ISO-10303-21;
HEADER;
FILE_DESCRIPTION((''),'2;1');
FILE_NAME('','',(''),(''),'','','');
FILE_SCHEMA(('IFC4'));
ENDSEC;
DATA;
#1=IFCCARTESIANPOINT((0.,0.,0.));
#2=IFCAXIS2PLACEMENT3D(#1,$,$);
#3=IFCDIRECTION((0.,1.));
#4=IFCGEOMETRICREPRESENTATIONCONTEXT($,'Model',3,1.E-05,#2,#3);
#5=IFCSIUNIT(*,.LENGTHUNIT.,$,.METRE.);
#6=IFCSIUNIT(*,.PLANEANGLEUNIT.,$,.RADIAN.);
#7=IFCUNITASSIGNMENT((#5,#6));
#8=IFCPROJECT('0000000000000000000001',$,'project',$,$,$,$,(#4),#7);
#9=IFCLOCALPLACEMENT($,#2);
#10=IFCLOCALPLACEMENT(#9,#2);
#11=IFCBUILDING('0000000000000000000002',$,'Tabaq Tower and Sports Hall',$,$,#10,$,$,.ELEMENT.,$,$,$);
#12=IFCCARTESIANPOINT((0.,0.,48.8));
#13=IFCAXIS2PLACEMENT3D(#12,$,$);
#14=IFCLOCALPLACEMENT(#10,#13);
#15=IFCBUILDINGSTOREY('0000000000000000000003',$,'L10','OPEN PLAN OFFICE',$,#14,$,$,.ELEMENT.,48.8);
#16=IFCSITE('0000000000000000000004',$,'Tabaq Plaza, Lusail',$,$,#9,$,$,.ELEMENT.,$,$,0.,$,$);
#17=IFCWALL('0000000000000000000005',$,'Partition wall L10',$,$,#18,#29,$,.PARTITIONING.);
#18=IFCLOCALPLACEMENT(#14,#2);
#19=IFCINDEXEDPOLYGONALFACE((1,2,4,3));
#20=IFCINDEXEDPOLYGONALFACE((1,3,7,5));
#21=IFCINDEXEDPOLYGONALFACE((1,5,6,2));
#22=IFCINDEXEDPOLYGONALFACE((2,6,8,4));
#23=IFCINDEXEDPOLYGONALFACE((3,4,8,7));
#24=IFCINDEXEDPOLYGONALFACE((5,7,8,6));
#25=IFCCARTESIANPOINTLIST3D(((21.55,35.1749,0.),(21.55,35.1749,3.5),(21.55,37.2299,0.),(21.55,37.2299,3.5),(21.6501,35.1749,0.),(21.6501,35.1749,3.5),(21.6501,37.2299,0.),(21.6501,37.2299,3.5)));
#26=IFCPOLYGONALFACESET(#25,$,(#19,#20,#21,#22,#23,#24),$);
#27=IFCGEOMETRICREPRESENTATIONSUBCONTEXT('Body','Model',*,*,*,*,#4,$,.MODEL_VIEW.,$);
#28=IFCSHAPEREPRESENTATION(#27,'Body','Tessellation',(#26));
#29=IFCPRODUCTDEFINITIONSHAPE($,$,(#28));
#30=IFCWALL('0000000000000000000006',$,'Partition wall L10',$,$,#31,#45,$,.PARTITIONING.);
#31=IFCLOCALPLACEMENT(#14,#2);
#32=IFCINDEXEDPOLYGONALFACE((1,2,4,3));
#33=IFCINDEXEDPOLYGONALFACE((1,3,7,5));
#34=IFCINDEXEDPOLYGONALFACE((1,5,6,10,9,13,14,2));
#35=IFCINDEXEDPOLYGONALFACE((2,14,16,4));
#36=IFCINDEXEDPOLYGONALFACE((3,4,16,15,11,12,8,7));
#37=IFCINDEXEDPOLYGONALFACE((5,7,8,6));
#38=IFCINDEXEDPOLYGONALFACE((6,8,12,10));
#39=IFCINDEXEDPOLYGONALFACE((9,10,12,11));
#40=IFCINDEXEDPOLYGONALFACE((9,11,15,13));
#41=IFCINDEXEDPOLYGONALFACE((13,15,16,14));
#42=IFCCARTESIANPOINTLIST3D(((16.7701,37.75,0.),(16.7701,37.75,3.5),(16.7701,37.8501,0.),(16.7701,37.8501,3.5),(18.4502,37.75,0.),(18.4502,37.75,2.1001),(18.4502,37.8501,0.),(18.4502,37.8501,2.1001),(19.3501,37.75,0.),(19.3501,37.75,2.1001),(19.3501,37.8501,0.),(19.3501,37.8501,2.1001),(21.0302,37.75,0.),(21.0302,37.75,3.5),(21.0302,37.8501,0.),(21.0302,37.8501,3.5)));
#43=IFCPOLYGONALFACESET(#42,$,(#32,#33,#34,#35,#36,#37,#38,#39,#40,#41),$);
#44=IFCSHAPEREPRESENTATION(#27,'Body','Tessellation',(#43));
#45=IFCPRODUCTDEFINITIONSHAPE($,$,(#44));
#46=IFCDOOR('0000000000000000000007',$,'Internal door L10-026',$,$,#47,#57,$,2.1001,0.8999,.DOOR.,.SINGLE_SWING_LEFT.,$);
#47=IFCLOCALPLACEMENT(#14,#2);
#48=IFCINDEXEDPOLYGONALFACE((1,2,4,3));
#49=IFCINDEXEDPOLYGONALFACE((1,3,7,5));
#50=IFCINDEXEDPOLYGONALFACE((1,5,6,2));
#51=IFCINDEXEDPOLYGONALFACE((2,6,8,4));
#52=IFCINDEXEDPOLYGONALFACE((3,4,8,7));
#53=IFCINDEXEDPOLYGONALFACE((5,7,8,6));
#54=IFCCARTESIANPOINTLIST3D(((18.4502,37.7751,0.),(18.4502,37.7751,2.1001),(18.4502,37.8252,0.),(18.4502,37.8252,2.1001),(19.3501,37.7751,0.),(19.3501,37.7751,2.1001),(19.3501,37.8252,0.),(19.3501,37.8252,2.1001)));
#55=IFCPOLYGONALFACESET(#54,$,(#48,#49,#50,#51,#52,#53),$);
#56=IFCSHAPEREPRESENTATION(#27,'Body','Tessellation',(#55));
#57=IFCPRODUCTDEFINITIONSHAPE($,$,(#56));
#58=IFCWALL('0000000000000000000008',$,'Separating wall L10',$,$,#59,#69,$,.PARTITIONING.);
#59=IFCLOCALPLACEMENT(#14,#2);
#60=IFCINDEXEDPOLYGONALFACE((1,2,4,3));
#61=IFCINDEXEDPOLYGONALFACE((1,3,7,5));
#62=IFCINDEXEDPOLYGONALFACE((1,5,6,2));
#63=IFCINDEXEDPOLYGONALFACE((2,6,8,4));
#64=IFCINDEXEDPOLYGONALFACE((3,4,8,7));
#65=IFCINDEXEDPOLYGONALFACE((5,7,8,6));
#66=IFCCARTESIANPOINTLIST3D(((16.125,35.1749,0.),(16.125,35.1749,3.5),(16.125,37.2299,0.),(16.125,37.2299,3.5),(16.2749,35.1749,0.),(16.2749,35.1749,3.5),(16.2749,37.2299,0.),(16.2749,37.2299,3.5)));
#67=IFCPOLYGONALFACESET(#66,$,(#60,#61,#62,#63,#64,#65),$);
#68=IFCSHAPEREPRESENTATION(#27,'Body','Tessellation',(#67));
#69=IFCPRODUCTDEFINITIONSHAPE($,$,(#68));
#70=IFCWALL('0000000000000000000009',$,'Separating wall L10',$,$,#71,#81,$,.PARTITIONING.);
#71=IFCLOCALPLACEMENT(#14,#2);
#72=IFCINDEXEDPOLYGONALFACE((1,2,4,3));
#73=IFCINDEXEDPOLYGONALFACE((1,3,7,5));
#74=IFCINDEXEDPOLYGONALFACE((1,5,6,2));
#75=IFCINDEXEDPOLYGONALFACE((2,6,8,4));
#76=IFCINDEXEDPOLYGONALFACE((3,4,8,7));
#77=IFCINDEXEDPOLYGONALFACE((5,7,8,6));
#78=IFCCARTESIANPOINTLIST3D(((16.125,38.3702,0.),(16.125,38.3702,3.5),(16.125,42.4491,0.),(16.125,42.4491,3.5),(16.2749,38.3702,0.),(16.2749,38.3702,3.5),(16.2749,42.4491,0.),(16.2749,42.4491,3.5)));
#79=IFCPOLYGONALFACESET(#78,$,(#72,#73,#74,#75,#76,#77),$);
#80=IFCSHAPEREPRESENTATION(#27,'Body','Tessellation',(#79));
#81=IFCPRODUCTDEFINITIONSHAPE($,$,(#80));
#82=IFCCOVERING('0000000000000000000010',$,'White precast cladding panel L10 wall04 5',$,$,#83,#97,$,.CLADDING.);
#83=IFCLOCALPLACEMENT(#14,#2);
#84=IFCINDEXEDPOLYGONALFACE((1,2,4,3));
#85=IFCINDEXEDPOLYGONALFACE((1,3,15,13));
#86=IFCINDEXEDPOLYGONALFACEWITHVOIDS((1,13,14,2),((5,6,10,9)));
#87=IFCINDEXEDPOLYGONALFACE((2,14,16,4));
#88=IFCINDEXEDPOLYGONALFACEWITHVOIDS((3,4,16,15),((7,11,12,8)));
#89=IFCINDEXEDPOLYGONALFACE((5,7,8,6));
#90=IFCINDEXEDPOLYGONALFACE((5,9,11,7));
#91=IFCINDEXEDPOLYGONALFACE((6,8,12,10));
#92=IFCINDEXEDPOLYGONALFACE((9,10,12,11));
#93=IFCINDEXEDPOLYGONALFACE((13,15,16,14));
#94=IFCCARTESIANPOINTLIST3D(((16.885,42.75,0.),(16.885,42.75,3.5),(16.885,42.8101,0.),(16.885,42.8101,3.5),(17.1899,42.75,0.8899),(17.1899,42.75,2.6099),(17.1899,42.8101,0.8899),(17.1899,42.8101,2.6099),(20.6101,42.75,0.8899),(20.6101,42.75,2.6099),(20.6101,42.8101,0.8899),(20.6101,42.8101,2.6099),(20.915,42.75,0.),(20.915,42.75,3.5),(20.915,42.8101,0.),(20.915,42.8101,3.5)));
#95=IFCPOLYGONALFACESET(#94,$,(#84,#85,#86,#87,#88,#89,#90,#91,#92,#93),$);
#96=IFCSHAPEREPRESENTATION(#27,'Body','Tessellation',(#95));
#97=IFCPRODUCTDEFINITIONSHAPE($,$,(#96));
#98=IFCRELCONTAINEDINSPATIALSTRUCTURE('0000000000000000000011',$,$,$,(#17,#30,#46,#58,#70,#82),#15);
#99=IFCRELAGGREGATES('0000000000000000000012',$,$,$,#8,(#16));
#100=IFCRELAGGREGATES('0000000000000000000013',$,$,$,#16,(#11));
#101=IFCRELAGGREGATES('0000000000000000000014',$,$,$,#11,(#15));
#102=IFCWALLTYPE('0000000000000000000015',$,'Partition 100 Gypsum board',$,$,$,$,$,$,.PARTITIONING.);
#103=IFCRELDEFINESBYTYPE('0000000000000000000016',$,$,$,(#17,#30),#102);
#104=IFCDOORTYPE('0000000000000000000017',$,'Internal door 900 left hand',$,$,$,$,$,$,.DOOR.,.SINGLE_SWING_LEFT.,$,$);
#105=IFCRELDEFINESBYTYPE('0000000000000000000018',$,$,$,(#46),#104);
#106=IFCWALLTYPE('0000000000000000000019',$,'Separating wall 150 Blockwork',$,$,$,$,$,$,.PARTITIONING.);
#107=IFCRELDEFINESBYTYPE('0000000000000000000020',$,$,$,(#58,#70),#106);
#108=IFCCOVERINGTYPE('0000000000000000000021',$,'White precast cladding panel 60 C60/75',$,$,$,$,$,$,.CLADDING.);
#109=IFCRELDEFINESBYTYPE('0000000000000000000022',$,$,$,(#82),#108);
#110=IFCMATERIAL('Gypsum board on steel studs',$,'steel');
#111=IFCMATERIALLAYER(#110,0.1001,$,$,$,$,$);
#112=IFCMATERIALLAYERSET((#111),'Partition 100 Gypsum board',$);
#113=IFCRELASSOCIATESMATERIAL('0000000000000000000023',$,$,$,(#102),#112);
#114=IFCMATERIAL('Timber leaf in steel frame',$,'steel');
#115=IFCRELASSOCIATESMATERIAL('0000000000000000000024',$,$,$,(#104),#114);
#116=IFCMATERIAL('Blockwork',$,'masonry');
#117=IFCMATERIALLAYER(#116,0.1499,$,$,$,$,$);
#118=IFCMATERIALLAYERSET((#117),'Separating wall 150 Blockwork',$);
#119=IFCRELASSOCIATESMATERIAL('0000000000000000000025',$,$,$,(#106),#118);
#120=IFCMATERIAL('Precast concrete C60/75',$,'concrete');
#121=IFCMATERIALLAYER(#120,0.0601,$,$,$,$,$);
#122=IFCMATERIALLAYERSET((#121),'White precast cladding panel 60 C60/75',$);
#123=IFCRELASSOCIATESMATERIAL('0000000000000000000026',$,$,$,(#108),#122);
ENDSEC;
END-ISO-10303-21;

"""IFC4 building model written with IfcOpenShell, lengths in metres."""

from ifc_helpers import new_model, si_unit, direction, frame, frame_2d, origin, place, context, subcontext, project, spatial, polyline, rectangle, outline, extrude, material, layer, layer_set, type_object, element, fill, save


model = new_model("IFC4")

# Units and contexts
model_context = context("Model", 3, precision=1e-05, world=origin(), true_north=direction((0.0, 1.0)))
body_context = subcontext(model_context, "Body", "Model", "MODEL_VIEW")
ifc_project = project(units=[si_unit("LENGTHUNIT", "METRE"), si_unit("PLANEANGLEUNIT", "RADIAN")], contexts=[model_context])

# Site, building, storey
site_placement = place(None, origin())
site = spatial("IfcSite", under=ifc_project, at=site_placement, Name="Tabaq Plaza, Lusail", CompositionType="ELEMENT", RefElevation=0.0)
building_placement = place(site_placement, origin())
building = spatial("IfcBuilding", under=site, at=building_placement, Name="Tabaq Tower and Sports Hall", CompositionType="ELEMENT")
storey_placement = place(building_placement, frame((0.0, 0.0, 48.8)))
storey = spatial("IfcBuildingStorey", under=building, at=storey_placement, Name="L10", Description="OPEN PLAN OFFICE", CompositionType="ELEMENT", Elevation=48.8)

# Wall
ifc_material_1 = material(Name="Gypsum board on steel studs", Category="steel")
ifc_layer_1 = layer(ifc_material_1, 0.1001)
ifc_layer_set_1 = layer_set([ifc_layer_1], Name="Partition 100 Gypsum board")
wall_type_1 = type_object("IfcWallType", Name="Partition 100 Gypsum board", PredefinedType="PARTITIONING", material=ifc_layer_set_1)
wall_1_placement = place(storey_placement, frame((21.6001, 35.175, 0.0), z_axis=(0.0, 0.0, 1.0), x_axis=(0.0, 1.0, 0.0)))
element("IfcWall", 1, at=wall_1_placement, inside=storey, type_object=wall_type_1, Name="Partition wall L10", PredefinedType="PARTITIONING", context=body_context, shape_type="SweptSolid", body=[
    extrude(rectangle(XDim=2.0549, YDim=0.1001, at=frame_2d((1.0273, 0.0))), origin(), (0.0, 0.0, 1.0), 3.5),
])

# Wall, opening, door
wall_2_placement = place(storey_placement, frame((21.03, 37.8, 0.0), z_axis=(0.0, 0.0, 1.0), x_axis=(-1.0, 0.0, 0.0)))
wall_2 = element("IfcWall", 2, at=wall_2_placement, inside=storey, type_object=wall_type_1, Name="Partition wall L10", PredefinedType="PARTITIONING", context=body_context, shape_type="SweptSolid", body=[
    extrude(rectangle(XDim=4.26, YDim=0.1001, at=frame_2d((2.1299, 0.0))), origin(), (0.0, 0.0, 1.0), 3.5),
])
opening_placement = place(wall_2_placement, frame((1.6799, 0.0, 0.0)))
opening = element("IfcOpeningElement", 3, at=opening_placement, cuts=wall_2, PredefinedType="OPENING", context=body_context, shape_type="SweptSolid", body=[
    extrude(rectangle(XDim=0.8999, YDim=2.1001, at=frame_2d((0.45, 1.05))), frame((0.0, 0.05, 0.0), z_axis=(0.0, -1.0, 0.0), x_axis=(1.0, 0.0, 0.0)), (0.0, 0.0, 1.0), 0.1001),
])
ifc_material_2 = material(Name="Timber leaf in steel frame", Category="steel")
door_type = type_object("IfcDoorType", Name="Internal door 900 left hand", OperationType="SINGLE_SWING_LEFT", PredefinedType="DOOR", material=ifc_material_2)
door_placement = place(opening_placement, origin())
door = element("IfcDoor", 4, at=door_placement, inside=storey, type_object=door_type, Name="Internal door L10-026", OperationType="SINGLE_SWING_LEFT", OverallHeight=2.1001, OverallWidth=0.8999, PredefinedType="DOOR", context=body_context, shape_type="SweptSolid", body=[
    extrude(rectangle(XDim=0.8999, YDim=2.1001, at=frame_2d((0.45, 1.05))), frame((0.0, 0.0249, 0.0), z_axis=(0.0, -1.0, 0.0), x_axis=(1.0, 0.0, 0.0)), (0.0, 0.0, 1.0), 0.05),
])
fill(opening, door)

# Walls
ifc_material_3 = material(Name="Blockwork", Category="masonry")
ifc_layer_2 = layer(ifc_material_3, 0.1499)
ifc_layer_set_2 = layer_set([ifc_layer_2], Name="Separating wall 150 Blockwork")
wall_type_2 = type_object("IfcWallType", Name="Separating wall 150 Blockwork", PredefinedType="PARTITIONING", material=ifc_layer_set_2)
wall_3_placement = place(storey_placement, frame((16.2, 35.175, 0.0), z_axis=(0.0, 0.0, 1.0), x_axis=(0.0, 1.0, 0.0)))
element("IfcWall", 5, at=wall_3_placement, inside=storey, type_object=wall_type_2, Name="Separating wall L10", PredefinedType="PARTITIONING", context=body_context, shape_type="SweptSolid", body=[
    extrude(rectangle(XDim=2.0549, YDim=0.1499, at=frame_2d((1.0273, 0.0))), origin(), (0.0, 0.0, 1.0), 3.5),
])
wall_4_placement = place(storey_placement, frame((16.2, 38.3701, 0.0), z_axis=(0.0, 0.0, 1.0), x_axis=(0.0, 1.0, 0.0)))
element("IfcWall", 6, at=wall_4_placement, inside=storey, type_object=wall_type_2, Name="Separating wall L10", PredefinedType="PARTITIONING", context=body_context, shape_type="SweptSolid", body=[
    extrude(rectangle(XDim=4.0789, YDim=0.1499, at=frame_2d((2.0396, 0.0))), origin(), (0.0, 0.0, 1.0), 3.5),
])

# Covering
ifc_material_4 = material(Name="Precast concrete C60/75", Category="concrete")
ifc_layer_3 = layer(ifc_material_4, 0.0601)
ifc_layer_set_3 = layer_set([ifc_layer_3], Name="White precast cladding panel 60 C60/75")
covering_type = type_object("IfcCoveringType", Name="White precast cladding panel 60 C60/75", PredefinedType="CLADDING", material=ifc_layer_set_3)
covering_placement = place(storey_placement, frame((20.915, 42.78, 0.0), z_axis=(0.0, 0.0, 1.0), x_axis=(-1.0, 0.0, 0.0)))
element("IfcCovering", 7, at=covering_placement, inside=storey, type_object=covering_type, Name="White precast cladding panel L10 wall04 5", PredefinedType="CLADDING", context=body_context, shape_type="SweptSolid", body=[
    extrude(outline(polyline([(0.0, 0.0), (4.03, 0.0), (4.03, 3.5), (0.0, 3.5), (0.0, 0.0)]), holes=[polyline([(0.3049, 0.8899), (0.3049, 2.6099), (3.7251, 2.6099), (3.7251, 0.8899), (0.3049, 0.8899)])]), frame((0.0, 0.03, 0.0), z_axis=(0.0, -1.0, 0.0), x_axis=(1.0, 0.0, 0.0)), (0.0, 0.0, 1.0), 0.0601),
])

save(model, "model.ifc")
